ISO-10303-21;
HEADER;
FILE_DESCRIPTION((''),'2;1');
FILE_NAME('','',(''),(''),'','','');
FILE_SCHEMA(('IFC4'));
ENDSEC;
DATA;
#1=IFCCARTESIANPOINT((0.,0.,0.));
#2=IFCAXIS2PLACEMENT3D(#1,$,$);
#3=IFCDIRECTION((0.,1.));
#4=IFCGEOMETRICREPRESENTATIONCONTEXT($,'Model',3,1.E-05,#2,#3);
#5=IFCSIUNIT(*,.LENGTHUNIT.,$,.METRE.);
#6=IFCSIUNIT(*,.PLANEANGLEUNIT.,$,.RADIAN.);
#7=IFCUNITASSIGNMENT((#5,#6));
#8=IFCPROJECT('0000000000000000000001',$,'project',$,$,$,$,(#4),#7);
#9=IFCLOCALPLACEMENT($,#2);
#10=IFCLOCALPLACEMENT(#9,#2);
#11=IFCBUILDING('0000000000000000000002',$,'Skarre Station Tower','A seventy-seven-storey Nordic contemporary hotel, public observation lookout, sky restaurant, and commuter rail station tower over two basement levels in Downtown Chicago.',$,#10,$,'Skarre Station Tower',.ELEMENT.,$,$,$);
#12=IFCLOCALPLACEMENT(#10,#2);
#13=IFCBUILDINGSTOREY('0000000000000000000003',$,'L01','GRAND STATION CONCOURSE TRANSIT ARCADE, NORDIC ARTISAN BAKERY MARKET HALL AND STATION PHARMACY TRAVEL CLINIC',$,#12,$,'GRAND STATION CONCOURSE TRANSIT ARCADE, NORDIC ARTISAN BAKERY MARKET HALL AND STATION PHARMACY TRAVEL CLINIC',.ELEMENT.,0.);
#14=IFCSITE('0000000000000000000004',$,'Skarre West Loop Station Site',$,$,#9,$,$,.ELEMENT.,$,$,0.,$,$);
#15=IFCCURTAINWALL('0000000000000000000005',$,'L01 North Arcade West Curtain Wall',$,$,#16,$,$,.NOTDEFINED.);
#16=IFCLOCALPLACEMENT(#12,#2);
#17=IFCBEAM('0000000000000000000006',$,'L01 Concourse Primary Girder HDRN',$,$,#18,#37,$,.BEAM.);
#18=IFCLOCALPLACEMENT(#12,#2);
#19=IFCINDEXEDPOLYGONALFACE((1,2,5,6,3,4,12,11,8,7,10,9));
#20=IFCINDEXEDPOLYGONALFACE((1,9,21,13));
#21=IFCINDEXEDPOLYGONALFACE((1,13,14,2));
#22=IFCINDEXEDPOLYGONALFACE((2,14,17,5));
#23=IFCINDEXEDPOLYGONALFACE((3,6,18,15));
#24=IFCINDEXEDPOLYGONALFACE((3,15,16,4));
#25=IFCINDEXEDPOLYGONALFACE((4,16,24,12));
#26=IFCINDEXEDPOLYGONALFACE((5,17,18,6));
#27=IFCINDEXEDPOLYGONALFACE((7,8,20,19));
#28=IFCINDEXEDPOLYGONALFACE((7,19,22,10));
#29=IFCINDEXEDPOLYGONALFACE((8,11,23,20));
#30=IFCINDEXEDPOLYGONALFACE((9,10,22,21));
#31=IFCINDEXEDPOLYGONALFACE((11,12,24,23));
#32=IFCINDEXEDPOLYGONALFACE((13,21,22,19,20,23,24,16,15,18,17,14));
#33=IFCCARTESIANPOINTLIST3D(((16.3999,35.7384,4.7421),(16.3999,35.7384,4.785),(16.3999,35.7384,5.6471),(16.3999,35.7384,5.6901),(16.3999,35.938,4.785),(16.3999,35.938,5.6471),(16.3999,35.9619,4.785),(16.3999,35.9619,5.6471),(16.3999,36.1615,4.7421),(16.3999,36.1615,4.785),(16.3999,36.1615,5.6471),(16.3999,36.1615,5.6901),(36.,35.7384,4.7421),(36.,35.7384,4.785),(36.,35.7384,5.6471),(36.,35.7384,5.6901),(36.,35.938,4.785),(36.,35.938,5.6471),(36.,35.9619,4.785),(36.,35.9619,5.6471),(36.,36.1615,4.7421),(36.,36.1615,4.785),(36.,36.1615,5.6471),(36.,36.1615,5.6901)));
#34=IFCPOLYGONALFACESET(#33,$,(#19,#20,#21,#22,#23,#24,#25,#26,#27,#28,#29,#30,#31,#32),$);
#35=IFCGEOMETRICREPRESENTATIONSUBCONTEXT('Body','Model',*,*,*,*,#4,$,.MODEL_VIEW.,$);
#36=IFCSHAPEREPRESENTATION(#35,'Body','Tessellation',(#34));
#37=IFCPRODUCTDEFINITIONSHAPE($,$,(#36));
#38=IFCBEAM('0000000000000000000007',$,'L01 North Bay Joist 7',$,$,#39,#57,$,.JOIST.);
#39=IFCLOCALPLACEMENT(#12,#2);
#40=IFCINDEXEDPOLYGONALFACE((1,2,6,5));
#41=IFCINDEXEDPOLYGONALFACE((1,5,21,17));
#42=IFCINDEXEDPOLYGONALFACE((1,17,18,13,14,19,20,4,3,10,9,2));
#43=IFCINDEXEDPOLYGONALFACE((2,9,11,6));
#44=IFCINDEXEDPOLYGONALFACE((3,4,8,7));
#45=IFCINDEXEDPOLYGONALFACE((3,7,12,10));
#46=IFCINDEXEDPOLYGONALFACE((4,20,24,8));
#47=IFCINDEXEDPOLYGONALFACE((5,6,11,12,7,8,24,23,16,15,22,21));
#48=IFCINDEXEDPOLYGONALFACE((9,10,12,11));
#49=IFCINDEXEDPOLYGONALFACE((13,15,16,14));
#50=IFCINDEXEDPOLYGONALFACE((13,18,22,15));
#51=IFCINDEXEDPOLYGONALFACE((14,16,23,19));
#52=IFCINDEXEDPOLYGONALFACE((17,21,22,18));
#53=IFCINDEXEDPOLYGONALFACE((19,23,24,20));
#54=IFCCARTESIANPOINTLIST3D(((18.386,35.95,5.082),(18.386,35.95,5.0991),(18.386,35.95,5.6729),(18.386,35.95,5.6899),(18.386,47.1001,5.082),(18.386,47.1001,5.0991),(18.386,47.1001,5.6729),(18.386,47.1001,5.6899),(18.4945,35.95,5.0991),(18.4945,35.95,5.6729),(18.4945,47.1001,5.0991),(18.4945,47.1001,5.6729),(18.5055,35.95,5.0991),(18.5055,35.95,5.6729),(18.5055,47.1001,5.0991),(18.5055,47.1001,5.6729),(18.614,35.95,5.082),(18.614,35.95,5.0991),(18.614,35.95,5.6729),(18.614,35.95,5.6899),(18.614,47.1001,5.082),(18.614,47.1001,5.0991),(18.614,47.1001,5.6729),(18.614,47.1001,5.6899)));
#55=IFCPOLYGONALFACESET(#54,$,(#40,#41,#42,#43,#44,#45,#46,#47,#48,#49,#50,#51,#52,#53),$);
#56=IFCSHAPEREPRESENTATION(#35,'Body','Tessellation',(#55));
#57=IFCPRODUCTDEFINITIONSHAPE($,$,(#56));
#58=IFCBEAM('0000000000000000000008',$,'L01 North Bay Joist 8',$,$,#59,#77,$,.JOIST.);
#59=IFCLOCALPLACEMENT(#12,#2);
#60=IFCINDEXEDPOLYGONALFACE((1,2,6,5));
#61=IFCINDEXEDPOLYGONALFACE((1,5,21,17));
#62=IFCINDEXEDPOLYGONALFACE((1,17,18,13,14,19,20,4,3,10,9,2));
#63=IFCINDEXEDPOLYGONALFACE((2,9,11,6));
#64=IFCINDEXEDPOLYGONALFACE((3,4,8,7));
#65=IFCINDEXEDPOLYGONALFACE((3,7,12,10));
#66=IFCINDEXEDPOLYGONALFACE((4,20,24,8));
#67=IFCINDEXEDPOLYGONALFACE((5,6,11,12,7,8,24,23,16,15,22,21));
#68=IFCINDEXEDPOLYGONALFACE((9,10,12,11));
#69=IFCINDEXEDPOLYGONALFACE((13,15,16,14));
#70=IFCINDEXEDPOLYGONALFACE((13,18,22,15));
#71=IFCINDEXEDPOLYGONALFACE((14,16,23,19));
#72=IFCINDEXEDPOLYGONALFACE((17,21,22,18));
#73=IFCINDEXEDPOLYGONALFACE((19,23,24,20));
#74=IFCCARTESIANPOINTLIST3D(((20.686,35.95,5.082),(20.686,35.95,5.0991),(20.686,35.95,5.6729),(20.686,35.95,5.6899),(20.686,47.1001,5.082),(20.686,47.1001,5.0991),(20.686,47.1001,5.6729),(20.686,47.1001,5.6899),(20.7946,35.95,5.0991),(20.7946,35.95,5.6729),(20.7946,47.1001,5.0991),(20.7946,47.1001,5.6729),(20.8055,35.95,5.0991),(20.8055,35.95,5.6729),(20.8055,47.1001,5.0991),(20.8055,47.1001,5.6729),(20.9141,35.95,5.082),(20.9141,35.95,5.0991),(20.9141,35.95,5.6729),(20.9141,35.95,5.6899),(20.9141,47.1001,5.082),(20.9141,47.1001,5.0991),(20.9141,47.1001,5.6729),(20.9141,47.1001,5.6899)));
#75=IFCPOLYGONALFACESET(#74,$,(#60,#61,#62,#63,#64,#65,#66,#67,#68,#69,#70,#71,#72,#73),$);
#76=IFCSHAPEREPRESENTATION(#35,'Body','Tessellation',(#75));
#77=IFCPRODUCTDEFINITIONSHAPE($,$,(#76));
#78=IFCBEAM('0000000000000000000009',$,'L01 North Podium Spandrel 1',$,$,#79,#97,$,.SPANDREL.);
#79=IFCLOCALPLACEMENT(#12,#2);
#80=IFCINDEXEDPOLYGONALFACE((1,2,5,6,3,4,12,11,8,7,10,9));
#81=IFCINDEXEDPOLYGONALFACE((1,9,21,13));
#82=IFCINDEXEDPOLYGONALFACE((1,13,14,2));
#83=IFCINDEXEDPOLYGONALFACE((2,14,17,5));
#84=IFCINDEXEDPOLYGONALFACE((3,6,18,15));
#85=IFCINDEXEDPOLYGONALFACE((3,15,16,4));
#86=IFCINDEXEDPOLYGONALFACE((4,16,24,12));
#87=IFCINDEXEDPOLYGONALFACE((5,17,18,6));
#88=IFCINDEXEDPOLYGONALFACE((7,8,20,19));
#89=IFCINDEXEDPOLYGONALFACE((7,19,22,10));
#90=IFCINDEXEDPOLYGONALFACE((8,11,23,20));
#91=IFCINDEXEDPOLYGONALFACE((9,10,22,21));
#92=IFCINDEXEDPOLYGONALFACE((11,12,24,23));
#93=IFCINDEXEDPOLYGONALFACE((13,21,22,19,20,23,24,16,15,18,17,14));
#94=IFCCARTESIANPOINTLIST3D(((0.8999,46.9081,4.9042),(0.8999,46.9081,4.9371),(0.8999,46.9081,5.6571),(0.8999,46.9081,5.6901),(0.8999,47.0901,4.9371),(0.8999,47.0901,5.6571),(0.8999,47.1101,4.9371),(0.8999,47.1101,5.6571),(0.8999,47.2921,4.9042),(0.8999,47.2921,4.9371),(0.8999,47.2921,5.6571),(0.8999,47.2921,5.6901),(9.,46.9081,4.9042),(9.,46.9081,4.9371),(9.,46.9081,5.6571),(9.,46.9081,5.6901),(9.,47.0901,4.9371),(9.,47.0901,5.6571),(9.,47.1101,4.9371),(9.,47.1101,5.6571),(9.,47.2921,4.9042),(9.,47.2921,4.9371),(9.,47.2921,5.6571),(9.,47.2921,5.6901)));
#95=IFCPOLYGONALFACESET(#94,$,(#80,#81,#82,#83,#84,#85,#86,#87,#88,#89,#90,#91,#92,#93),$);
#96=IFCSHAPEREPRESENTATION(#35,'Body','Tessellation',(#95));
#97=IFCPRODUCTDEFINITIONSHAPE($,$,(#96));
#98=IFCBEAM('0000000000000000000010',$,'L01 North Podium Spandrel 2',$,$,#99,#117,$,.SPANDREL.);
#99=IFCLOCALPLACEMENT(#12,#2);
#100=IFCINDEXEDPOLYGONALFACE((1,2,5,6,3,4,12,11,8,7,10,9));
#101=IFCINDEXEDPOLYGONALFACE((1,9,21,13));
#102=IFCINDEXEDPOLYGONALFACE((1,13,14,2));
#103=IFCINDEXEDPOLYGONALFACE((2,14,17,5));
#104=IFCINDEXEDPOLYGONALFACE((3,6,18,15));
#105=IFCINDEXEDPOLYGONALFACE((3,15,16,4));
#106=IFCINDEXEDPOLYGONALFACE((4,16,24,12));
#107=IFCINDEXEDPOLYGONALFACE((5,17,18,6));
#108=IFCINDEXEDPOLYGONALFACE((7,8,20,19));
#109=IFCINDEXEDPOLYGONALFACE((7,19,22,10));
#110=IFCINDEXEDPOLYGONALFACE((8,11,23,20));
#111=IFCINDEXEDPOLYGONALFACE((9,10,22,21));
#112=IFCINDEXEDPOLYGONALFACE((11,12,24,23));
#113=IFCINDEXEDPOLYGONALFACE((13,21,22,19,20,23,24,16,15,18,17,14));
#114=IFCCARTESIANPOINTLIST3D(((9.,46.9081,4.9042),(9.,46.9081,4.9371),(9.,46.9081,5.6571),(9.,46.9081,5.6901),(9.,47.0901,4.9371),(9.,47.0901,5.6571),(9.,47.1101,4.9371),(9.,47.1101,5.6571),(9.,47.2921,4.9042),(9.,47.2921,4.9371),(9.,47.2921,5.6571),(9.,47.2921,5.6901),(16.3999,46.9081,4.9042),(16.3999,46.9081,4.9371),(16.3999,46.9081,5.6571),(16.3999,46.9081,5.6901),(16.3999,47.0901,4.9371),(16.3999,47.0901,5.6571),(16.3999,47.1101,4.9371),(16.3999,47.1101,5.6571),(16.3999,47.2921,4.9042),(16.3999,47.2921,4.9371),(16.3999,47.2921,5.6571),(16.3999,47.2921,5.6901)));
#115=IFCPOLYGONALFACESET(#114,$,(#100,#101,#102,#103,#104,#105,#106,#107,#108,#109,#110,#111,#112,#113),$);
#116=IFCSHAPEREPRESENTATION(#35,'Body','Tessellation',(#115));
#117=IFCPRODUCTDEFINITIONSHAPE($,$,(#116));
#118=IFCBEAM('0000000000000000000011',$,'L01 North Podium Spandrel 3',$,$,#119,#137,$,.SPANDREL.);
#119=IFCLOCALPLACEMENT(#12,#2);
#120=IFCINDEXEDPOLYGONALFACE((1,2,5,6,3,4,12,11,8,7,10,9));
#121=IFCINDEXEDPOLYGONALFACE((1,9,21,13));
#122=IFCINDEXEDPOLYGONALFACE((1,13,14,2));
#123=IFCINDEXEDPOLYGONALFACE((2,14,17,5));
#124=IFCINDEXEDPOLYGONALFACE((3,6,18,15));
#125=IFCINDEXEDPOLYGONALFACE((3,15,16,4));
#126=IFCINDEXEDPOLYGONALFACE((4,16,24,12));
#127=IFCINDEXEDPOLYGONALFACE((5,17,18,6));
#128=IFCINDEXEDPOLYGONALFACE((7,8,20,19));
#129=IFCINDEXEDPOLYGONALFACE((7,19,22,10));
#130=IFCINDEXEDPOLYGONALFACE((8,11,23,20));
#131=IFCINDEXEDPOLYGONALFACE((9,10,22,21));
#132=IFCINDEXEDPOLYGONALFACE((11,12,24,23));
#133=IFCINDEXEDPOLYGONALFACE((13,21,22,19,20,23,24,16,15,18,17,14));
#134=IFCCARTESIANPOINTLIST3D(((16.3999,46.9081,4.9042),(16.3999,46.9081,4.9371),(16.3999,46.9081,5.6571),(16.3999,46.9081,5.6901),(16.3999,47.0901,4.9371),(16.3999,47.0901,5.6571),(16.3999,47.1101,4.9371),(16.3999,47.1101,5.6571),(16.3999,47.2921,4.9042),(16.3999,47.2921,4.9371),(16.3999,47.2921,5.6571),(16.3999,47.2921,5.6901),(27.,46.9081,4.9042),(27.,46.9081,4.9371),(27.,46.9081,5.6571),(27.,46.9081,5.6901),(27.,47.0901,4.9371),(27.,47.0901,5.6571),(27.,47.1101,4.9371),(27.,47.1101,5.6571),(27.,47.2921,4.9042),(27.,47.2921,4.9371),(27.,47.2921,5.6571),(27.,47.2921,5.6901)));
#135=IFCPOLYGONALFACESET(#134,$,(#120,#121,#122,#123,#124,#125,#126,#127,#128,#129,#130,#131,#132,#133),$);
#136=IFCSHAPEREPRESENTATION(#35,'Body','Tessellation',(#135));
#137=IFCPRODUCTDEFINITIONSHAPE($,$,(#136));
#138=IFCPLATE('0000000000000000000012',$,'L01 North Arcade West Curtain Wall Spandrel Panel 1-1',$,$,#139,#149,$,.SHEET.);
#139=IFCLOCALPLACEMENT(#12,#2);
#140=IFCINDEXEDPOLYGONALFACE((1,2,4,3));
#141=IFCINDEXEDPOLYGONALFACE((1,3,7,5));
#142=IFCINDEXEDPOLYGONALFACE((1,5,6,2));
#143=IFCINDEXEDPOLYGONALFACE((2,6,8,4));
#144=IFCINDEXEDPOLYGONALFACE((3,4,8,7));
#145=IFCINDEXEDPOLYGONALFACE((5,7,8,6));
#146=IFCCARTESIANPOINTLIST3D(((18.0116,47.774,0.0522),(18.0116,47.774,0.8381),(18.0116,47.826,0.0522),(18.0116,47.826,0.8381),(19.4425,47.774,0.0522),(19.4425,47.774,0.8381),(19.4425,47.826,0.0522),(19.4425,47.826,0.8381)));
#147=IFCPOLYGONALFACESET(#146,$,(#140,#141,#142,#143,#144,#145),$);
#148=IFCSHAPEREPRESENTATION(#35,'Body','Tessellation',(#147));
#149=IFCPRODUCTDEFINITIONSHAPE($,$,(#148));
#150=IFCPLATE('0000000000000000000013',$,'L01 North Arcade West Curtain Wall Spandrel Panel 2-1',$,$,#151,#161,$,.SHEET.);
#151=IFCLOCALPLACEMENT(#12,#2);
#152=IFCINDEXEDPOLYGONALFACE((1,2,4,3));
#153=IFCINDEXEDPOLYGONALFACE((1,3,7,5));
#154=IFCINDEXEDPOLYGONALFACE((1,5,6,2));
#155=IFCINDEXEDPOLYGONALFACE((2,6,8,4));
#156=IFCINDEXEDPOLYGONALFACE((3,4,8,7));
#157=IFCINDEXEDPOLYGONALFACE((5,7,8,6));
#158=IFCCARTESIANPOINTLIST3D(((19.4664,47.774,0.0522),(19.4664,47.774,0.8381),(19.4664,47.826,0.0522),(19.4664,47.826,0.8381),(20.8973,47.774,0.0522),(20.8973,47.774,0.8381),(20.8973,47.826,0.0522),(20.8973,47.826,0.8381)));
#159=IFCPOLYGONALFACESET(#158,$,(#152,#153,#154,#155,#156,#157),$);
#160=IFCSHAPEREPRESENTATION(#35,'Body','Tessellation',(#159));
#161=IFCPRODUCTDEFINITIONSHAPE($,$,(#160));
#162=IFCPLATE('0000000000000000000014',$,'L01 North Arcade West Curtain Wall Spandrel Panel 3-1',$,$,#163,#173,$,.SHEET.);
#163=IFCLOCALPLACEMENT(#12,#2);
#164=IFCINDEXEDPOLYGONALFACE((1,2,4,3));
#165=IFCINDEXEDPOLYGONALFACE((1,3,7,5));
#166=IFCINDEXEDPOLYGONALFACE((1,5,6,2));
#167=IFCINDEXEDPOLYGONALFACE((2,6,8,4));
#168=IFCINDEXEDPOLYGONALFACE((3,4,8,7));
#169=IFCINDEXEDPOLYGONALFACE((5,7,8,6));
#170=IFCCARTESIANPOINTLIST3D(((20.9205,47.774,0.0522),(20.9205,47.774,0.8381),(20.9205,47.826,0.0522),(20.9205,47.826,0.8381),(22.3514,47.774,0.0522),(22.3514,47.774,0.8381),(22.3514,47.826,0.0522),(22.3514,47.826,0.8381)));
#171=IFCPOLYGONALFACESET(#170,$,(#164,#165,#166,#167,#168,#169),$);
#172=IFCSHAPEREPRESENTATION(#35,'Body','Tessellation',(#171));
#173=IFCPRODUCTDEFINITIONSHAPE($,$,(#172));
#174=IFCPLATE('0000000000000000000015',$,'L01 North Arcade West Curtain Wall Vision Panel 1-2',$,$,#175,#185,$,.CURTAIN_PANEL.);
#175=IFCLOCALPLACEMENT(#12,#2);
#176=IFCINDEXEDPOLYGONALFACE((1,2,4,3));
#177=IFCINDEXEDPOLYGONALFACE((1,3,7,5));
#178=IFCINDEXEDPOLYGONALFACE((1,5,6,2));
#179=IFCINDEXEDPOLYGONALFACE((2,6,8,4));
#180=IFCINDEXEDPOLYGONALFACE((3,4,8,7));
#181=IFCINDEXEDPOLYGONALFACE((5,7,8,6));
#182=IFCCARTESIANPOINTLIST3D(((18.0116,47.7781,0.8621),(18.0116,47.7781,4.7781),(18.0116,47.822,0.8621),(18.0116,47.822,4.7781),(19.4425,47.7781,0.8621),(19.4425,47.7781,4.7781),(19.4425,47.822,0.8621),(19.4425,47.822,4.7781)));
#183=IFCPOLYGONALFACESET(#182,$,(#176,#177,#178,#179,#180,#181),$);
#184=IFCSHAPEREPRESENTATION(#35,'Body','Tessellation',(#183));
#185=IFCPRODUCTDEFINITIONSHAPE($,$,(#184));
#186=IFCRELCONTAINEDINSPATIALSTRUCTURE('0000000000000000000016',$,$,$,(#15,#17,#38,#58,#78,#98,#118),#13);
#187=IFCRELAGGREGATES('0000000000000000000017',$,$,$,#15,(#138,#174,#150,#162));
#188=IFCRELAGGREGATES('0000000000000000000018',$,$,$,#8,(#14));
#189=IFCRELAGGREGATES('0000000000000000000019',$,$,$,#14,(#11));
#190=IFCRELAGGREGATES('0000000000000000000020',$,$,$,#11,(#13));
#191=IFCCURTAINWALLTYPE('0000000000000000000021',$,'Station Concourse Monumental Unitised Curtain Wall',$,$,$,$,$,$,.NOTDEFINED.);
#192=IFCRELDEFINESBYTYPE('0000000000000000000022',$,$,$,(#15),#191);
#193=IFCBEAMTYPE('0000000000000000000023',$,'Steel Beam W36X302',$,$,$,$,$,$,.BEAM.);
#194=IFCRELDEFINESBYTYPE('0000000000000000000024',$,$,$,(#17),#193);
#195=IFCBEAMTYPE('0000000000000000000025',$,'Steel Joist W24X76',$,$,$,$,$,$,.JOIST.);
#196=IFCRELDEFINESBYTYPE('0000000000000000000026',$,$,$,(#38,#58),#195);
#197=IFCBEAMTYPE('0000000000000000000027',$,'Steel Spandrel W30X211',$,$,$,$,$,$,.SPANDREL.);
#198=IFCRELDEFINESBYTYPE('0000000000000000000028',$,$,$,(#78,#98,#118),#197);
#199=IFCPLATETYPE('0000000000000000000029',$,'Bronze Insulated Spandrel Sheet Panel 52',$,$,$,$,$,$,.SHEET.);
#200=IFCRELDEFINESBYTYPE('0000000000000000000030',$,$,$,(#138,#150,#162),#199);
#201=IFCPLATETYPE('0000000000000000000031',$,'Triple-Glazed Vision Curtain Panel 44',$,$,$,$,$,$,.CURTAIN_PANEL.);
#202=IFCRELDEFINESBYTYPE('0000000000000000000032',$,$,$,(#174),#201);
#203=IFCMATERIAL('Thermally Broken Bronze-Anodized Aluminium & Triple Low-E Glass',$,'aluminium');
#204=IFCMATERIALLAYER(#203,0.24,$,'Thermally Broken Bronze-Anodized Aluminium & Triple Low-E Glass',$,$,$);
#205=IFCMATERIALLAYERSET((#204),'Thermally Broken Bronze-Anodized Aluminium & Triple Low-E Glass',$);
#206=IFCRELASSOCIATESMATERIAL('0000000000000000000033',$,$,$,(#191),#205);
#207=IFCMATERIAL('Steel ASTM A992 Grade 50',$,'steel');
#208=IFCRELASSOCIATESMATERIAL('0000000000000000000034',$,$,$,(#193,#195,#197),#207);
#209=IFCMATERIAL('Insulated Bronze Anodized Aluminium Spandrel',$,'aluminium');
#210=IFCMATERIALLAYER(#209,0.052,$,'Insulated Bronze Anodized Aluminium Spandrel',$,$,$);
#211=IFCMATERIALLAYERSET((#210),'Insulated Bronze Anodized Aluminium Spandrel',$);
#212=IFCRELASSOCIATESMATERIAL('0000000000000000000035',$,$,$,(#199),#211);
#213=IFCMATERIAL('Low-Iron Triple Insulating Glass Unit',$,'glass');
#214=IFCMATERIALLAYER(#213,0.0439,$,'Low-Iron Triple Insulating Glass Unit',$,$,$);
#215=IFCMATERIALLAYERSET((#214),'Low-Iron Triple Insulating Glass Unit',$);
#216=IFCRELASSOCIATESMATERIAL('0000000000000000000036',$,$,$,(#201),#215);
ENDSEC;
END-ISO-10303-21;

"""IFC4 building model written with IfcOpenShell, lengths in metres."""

from ifc_helpers import new_model, si_unit, direction, frame, origin, origin_2d, place, context, subcontext, project, spatial, rectangle, i_section, extrude, material, layer, layer_set, material_profile, profile_set, type_object, element, aggregate, save


model = new_model("IFC4")

# Units and contexts
model_context = context("Model", 3, precision=1e-05, world=origin(), true_north=direction((0.0, 1.0)))
body_context = subcontext(model_context, "Body", "Model", "MODEL_VIEW")
ifc_project = project(units=[si_unit("LENGTHUNIT", "METRE"), si_unit("PLANEANGLEUNIT", "RADIAN")], contexts=[model_context])

# Site, building, storey
site_placement = place(None, origin())
site = spatial("IfcSite", under=ifc_project, at=site_placement, Name="Skarre West Loop Station Site", CompositionType="ELEMENT", RefElevation=0.0)
building_placement = place(site_placement, origin())
building = spatial("IfcBuilding", under=site, at=building_placement, Name="Skarre Station Tower", Description="A seventy-seven-storey Nordic contemporary hotel, public observation lookout, sky restaurant, and commuter rail station tower over two basement levels in Downtown Chicago.", LongName="Skarre Station Tower", CompositionType="ELEMENT")
storey_placement = place(building_placement, origin())
storey = spatial("IfcBuildingStorey", under=building, at=storey_placement, Name="L01", Description="GRAND STATION CONCOURSE TRANSIT ARCADE, NORDIC ARTISAN BAKERY MARKET HALL AND STATION PHARMACY TRAVEL CLINIC", LongName="GRAND STATION CONCOURSE TRANSIT ARCADE, NORDIC ARTISAN BAKERY MARKET HALL AND STATION PHARMACY TRAVEL CLINIC", CompositionType="ELEMENT", Elevation=0.0)

# Curtain wall
ifc_material_1 = material(Name="Thermally Broken Bronze-Anodized Aluminium & Triple Low-E Glass", Category="aluminium")
ifc_layer_1 = layer(ifc_material_1, 0.24, Name="Thermally Broken Bronze-Anodized Aluminium & Triple Low-E Glass")
ifc_layer_set_1 = layer_set([ifc_layer_1], Name="Thermally Broken Bronze-Anodized Aluminium & Triple Low-E Glass")
curtain_wall_type = type_object("IfcCurtainWallType", Name="Station Concourse Monumental Unitised Curtain Wall", PredefinedType="NOTDEFINED", material=ifc_layer_set_1)
curtain_wall_placement = place(storey_placement, origin())
curtain_wall = element("IfcCurtainWall", 1, at=curtain_wall_placement, inside=storey, type_object=curtain_wall_type, Name="L01 North Arcade West Curtain Wall", PredefinedType="NOTDEFINED")

# Beams
ifc_material_2 = material(Name="Steel ASTM A992 Grade 50", Category="steel")
ifc_material_profile_1 = material_profile(ifc_material_2, i_section(OverallWidth=0.4231, OverallDepth=0.948, WebThickness=0.0239, FlangeThickness=0.043, at=origin_2d()), Name="Steel ASTM A992 Grade 50")
ifc_profile_set_1 = profile_set([ifc_material_profile_1], Name="Steel ASTM A992 Grade 50")
beam_type_1 = type_object("IfcBeamType", Name="Steel Beam W36X302", PredefinedType="BEAM", material=ifc_profile_set_1)
beam_1_placement = place(storey_placement, frame((16.3999, 35.95, 5.2161), z_axis=(1.0, 0.0, 0.0), x_axis=(0.0, 1.0, 0.0)))
element("IfcBeam", 2, at=beam_1_placement, inside=storey, type_object=beam_type_1, Name="L01 Concourse Primary Girder HDRN", PredefinedType="BEAM", context=body_context, shape_type="SweptSolid", body=[
    extrude(i_section(OverallWidth=0.4231, OverallDepth=0.948, WebThickness=0.0239, FlangeThickness=0.043, at=origin_2d()), origin(), (0.0, 0.0, 1.0), 19.6001),
])
ifc_material_profile_2 = material_profile(ifc_material_2, i_section(OverallWidth=0.228, OverallDepth=0.6079, WebThickness=0.011, FlangeThickness=0.0171, at=origin_2d()), Name="Steel ASTM A992 Grade 50")
ifc_profile_set_2 = profile_set([ifc_material_profile_2], Name="Steel ASTM A992 Grade 50")
beam_type_2 = type_object("IfcBeamType", Name="Steel Joist W24X76", PredefinedType="JOIST", material=ifc_profile_set_2)
for number, where, z_axis, x_axis, name in (
    (3, (18.5, 35.95, 5.386), (0.0, 1.0, 0.0), (-1.0, 0.0, 0.0), "L01 North Bay Joist 7"),
    (4, (20.8, 35.95, 5.386), (0.0, 1.0, 0.0), (-1.0, 0.0, 0.0), "L01 North Bay Joist 8"),
):
    element("IfcBeam", number, at=place(storey_placement, frame(where, z_axis=z_axis, x_axis=x_axis)), inside=storey, type_object=beam_type_2, Name=name, PredefinedType="JOIST", context=body_context, shape_type="SweptSolid", body=[
        extrude(i_section(OverallWidth=0.228, OverallDepth=0.6079, WebThickness=0.011, FlangeThickness=0.0171, at=origin_2d()), origin(), (0.0, 0.0, 1.0), 11.1501),
    ])
ifc_material_profile_3 = material_profile(ifc_material_2, i_section(OverallWidth=0.384, OverallDepth=0.7859, WebThickness=0.02, FlangeThickness=0.033, at=origin_2d()), Name="Steel ASTM A992 Grade 50")
ifc_profile_set_3 = profile_set([ifc_material_profile_3], Name="Steel ASTM A992 Grade 50")
beam_type_3 = type_object("IfcBeamType", Name="Steel Spandrel W30X211", PredefinedType="SPANDREL", material=ifc_profile_set_3)
beam_2_placement = place(storey_placement, frame((0.8999, 47.1001, 5.2971), z_axis=(1.0, 0.0, 0.0), x_axis=(0.0, 1.0, 0.0)))
element("IfcBeam", 5, at=beam_2_placement, inside=storey, type_object=beam_type_3, Name="L01 North Podium Spandrel 1", PredefinedType="SPANDREL", context=body_context, shape_type="SweptSolid", body=[
    extrude(i_section(OverallWidth=0.384, OverallDepth=0.7859, WebThickness=0.02, FlangeThickness=0.033, at=origin_2d()), origin(), (0.0, 0.0, 1.0), 8.1001),
])
beam_3_placement = place(storey_placement, frame((9.0, 47.1001, 5.2971), z_axis=(1.0, 0.0, 0.0), x_axis=(0.0, 1.0, 0.0)))
element("IfcBeam", 6, at=beam_3_placement, inside=storey, type_object=beam_type_3, Name="L01 North Podium Spandrel 2", PredefinedType="SPANDREL", context=body_context, shape_type="SweptSolid", body=[
    extrude(i_section(OverallWidth=0.384, OverallDepth=0.7859, WebThickness=0.02, FlangeThickness=0.033, at=origin_2d()), origin(), (0.0, 0.0, 1.0), 7.3999),
])
beam_4_placement = place(storey_placement, frame((16.3999, 47.1001, 5.2971), z_axis=(1.0, 0.0, 0.0), x_axis=(0.0, 1.0, 0.0)))
element("IfcBeam", 7, at=beam_4_placement, inside=storey, type_object=beam_type_3, Name="L01 North Podium Spandrel 3", PredefinedType="SPANDREL", context=body_context, shape_type="SweptSolid", body=[
    extrude(i_section(OverallWidth=0.384, OverallDepth=0.7859, WebThickness=0.02, FlangeThickness=0.033, at=origin_2d()), origin(), (0.0, 0.0, 1.0), 10.6001),
])

# Plates
ifc_material_3 = material(Name="Insulated Bronze Anodized Aluminium Spandrel", Category="aluminium")
ifc_layer_2 = layer(ifc_material_3, 0.052, Name="Insulated Bronze Anodized Aluminium Spandrel")
ifc_layer_set_2 = layer_set([ifc_layer_2], Name="Insulated Bronze Anodized Aluminium Spandrel")
plate_type_1 = type_object("IfcPlateType", Name="Bronze Insulated Spandrel Sheet Panel 52", PredefinedType="SHEET", material=ifc_layer_set_2)
plate_1_placement = place(storey_placement, frame((18.7271, 47.8, 0.0522), z_axis=(0.0, 0.0, 1.0), x_axis=(1.0, 0.0, 0.0)))
plate_1 = element("IfcPlate", 8, at=plate_1_placement, type_object=plate_type_1, Name="L01 North Arcade West Curtain Wall Spandrel Panel 1-1", PredefinedType="SHEET", context=body_context, shape_type="SweptSolid", body=[
    extrude(rectangle(XDim=1.4309, YDim=0.052, at=origin_2d()), origin(), (0.0, 0.0, 1.0), 0.7859),
])
plate_2_placement = place(storey_placement, frame((20.1819, 47.8, 0.0522), z_axis=(0.0, 0.0, 1.0), x_axis=(1.0, 0.0, 0.0)))
plate_2 = element("IfcPlate", 9, at=plate_2_placement, type_object=plate_type_1, Name="L01 North Arcade West Curtain Wall Spandrel Panel 2-1", PredefinedType="SHEET", context=body_context, shape_type="SweptSolid", body=[
    extrude(rectangle(XDim=1.4309, YDim=0.052, at=origin_2d()), origin(), (0.0, 0.0, 1.0), 0.7859),
])
plate_3_placement = place(storey_placement, frame((21.636, 47.8, 0.0522), z_axis=(0.0, 0.0, 1.0), x_axis=(1.0, 0.0, 0.0)))
plate_3 = element("IfcPlate", 10, at=plate_3_placement, type_object=plate_type_1, Name="L01 North Arcade West Curtain Wall Spandrel Panel 3-1", PredefinedType="SHEET", context=body_context, shape_type="SweptSolid", body=[
    extrude(rectangle(XDim=1.4309, YDim=0.052, at=origin_2d()), origin(), (0.0, 0.0, 1.0), 0.7859),
])
ifc_material_4 = material(Name="Low-Iron Triple Insulating Glass Unit", Category="glass")
ifc_layer_3 = layer(ifc_material_4, 0.0439, Name="Low-Iron Triple Insulating Glass Unit")
ifc_layer_set_3 = layer_set([ifc_layer_3], Name="Low-Iron Triple Insulating Glass Unit")
plate_type_2 = type_object("IfcPlateType", Name="Triple-Glazed Vision Curtain Panel 44", PredefinedType="CURTAIN_PANEL", material=ifc_layer_set_3)
plate_4_placement = place(storey_placement, frame((18.7271, 47.8, 0.8621), z_axis=(0.0, 0.0, 1.0), x_axis=(1.0, 0.0, 0.0)))
plate_4 = element("IfcPlate", 11, at=plate_4_placement, type_object=plate_type_2, Name="L01 North Arcade West Curtain Wall Vision Panel 1-2", PredefinedType="CURTAIN_PANEL", context=body_context, shape_type="SweptSolid", body=[
    extrude(rectangle(XDim=1.4309, YDim=0.0439, at=origin_2d()), origin(), (0.0, 0.0, 1.0), 3.916),
])
aggregate(curtain_wall, [plate_1, plate_4, plate_2, plate_3])

save(model, "model.ifc")
